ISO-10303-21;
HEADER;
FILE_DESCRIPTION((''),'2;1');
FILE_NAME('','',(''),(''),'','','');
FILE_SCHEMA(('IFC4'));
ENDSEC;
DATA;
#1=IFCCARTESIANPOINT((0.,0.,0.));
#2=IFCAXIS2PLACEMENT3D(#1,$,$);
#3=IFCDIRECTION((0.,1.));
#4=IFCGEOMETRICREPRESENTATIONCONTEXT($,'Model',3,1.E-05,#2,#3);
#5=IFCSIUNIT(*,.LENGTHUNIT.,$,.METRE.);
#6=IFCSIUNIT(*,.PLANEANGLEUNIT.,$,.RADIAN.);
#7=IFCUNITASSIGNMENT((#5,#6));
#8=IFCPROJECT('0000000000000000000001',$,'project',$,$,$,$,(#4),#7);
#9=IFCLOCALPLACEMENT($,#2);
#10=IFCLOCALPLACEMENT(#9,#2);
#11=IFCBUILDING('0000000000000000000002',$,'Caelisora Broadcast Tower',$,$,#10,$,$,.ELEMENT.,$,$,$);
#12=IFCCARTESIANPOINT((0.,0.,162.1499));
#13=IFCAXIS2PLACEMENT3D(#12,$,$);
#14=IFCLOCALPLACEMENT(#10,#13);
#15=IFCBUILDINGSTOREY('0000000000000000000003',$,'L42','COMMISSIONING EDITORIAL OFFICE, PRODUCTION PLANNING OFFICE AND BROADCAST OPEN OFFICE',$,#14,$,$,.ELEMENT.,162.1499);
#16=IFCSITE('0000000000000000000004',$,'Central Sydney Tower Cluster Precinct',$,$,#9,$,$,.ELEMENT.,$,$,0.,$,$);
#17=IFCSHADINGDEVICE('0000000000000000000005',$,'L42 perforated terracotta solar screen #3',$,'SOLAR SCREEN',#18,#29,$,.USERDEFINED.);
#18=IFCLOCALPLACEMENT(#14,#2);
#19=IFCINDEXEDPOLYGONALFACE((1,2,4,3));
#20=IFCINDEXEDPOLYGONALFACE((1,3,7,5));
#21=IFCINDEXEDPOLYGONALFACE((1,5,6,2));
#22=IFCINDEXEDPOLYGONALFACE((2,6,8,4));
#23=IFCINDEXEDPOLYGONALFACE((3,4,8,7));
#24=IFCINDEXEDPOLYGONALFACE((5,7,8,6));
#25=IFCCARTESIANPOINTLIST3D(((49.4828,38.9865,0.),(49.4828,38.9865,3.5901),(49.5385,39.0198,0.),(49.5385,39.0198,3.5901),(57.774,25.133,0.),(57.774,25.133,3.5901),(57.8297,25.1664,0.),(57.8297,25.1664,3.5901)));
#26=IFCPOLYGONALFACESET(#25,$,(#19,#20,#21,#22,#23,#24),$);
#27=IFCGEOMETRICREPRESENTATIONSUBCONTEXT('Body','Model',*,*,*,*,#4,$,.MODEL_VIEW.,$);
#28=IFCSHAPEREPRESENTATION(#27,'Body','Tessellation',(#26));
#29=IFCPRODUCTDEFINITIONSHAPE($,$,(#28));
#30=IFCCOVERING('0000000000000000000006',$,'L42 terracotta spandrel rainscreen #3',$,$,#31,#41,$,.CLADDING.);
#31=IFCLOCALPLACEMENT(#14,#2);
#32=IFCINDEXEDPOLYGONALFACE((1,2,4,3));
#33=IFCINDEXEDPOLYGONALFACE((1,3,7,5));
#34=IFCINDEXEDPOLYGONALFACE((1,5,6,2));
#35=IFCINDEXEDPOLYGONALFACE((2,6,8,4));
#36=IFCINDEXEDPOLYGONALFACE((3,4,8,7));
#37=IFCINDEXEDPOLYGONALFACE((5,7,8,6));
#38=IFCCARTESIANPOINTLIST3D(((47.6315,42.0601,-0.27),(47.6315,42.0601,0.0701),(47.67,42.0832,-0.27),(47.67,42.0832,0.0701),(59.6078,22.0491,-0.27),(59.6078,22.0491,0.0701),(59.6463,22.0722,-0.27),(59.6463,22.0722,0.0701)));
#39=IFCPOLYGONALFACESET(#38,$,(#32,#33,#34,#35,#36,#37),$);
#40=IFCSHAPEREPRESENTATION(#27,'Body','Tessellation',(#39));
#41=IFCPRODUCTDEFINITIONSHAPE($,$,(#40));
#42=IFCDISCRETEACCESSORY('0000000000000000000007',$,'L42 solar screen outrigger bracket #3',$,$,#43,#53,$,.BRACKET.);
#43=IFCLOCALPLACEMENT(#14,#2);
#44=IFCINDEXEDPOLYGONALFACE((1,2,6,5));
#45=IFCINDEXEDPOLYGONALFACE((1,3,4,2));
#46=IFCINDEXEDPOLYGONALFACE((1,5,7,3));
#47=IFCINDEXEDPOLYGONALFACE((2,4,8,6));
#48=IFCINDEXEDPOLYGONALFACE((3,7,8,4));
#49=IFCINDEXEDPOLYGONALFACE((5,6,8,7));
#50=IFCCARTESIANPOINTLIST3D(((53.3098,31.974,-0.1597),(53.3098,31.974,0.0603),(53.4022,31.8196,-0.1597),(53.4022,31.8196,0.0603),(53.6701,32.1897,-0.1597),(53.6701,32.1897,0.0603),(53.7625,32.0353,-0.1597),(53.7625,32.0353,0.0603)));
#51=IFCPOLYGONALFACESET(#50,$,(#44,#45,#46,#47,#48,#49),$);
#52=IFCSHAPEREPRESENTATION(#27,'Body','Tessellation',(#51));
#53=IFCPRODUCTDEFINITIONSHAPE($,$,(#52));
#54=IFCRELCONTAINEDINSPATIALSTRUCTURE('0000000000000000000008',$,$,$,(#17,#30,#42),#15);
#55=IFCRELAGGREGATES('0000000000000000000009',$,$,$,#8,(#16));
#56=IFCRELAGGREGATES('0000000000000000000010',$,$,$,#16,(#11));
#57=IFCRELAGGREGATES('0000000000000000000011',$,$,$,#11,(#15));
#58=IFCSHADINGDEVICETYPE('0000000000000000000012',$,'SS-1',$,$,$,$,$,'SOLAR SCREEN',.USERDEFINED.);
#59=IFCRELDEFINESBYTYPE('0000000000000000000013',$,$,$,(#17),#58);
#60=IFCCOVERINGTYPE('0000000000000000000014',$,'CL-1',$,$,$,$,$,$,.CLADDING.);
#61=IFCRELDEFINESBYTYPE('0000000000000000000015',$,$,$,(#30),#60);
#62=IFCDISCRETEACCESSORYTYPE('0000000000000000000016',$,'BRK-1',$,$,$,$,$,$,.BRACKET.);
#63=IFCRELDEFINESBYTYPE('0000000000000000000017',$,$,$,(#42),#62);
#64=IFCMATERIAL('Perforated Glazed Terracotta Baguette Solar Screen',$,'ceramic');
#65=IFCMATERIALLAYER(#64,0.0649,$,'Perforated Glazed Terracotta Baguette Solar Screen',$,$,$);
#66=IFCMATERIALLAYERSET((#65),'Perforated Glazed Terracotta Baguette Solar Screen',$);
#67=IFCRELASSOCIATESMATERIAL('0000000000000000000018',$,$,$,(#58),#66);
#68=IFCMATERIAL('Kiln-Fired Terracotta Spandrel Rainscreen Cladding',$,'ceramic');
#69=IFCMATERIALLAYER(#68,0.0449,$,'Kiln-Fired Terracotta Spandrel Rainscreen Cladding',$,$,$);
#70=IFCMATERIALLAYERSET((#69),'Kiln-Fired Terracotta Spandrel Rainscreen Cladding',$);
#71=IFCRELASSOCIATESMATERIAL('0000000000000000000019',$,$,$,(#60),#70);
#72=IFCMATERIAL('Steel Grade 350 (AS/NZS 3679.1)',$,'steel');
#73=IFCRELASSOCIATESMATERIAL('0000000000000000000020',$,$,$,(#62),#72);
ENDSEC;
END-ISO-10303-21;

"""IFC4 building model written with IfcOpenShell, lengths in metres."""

from ifc_helpers import new_model, si_unit, direction, frame, origin, origin_2d, place, context, subcontext, project, spatial, rectangle, extrude, source, transform, mapped, material, layer, layer_set, type_object, type_shapes, element, save


model = new_model("IFC4")

# Units and contexts
model_context = context("Model", 3, precision=1e-05, world=origin(), true_north=direction((0.0, 1.0)))
body_context = subcontext(model_context, "Body", "Model", "MODEL_VIEW")
ifc_project = project(units=[si_unit("LENGTHUNIT", "METRE"), si_unit("PLANEANGLEUNIT", "RADIAN")], contexts=[model_context])

# Site, building, storey
site_placement = place(None, origin())
site = spatial("IfcSite", under=ifc_project, at=site_placement, Name="Central Sydney Tower Cluster Precinct", CompositionType="ELEMENT", RefElevation=0.0)
building_placement = place(site_placement, origin())
building = spatial("IfcBuilding", under=site, at=building_placement, Name="Caelisora Broadcast Tower", CompositionType="ELEMENT")
storey_placement = place(building_placement, frame((0.0, 0.0, 162.1499)))
storey = spatial("IfcBuildingStorey", under=building, at=storey_placement, Name="L42", Description="COMMISSIONING EDITORIAL OFFICE, PRODUCTION PLANNING OFFICE AND BROADCAST OPEN OFFICE", CompositionType="ELEMENT", Elevation=162.1499)

# Shared definitions
ifc_material_1 = material(Name="Steel Grade 350 (AS/NZS 3679.1)", Category="steel")

# Shading device
ifc_material_2 = material(Name="Perforated Glazed Terracotta Baguette Solar Screen", Category="ceramic")
ifc_layer_1 = layer(ifc_material_2, 0.0649, Name="Perforated Glazed Terracotta Baguette Solar Screen")
ifc_layer_set_1 = layer_set([ifc_layer_1], Name="Perforated Glazed Terracotta Baguette Solar Screen")
shading_device_type = type_object("IfcShadingDeviceType", Name="SS-1", ElementType="SOLAR SCREEN", PredefinedType="USERDEFINED", material=ifc_layer_set_1)
shared_shape_1 = source(origin(), body_context, "Body", "SweptSolid", [
    extrude(rectangle(XDim=16.145, YDim=0.0649, at=origin_2d()), origin(), (0.0, 0.0, 1.0), 3.5901),
])
type_shapes(shading_device_type, [shared_shape_1])
shading_device_placement = place(storey_placement, frame((53.6562, 32.0764, 0.0), z_axis=(0.0, 0.0, 1.0), x_axis=(-0.513541, 0.858065, 0.0)))
element("IfcShadingDevice", 1, at=shading_device_placement, inside=storey, type_object=shading_device_type, Name="L42 perforated terracotta solar screen #3", ObjectType="SOLAR SCREEN", PredefinedType="USERDEFINED", context=body_context, shape_type="MappedRepresentation", body=[
    mapped(shared_shape_1, transform((0.0, 0.0, 0.0), scale=1.0)),
])

# Covering
ifc_material_3 = material(Name="Kiln-Fired Terracotta Spandrel Rainscreen Cladding", Category="ceramic")
ifc_layer_2 = layer(ifc_material_3, 0.0449, Name="Kiln-Fired Terracotta Spandrel Rainscreen Cladding")
ifc_layer_set_2 = layer_set([ifc_layer_2], Name="Kiln-Fired Terracotta Spandrel Rainscreen Cladding")
covering_type = type_object("IfcCoveringType", Name="CL-1", PredefinedType="CLADDING", material=ifc_layer_set_2)
shared_shape_2 = source(origin(), body_context, "Body", "SweptSolid", [
    extrude(rectangle(XDim=23.321, YDim=0.0449, at=origin_2d()), origin(), (0.0, 0.0, 1.0), 0.3401),
])
type_shapes(covering_type, [shared_shape_2])
covering_placement = place(storey_placement, frame((53.6389, 32.0662, -0.27), z_axis=(0.0, 0.0, 1.0), x_axis=(-0.513541, 0.858065, 0.0)))
element("IfcCovering", 2, at=covering_placement, inside=storey, type_object=covering_type, Name="L42 terracotta spandrel rainscreen #3", PredefinedType="CLADDING", context=body_context, shape_type="MappedRepresentation", body=[
    mapped(shared_shape_2, transform((0.0, 0.0, 0.0), scale=1.0)),
])

# Discrete accessory
discrete_accessory_type = type_object("IfcDiscreteAccessoryType", Name="BRK-1", PredefinedType="BRACKET", material=ifc_material_1)
shared_shape_3 = source(origin(), body_context, "Body", "SweptSolid", [
    extrude(rectangle(XDim=0.1799, YDim=0.4199, at=origin_2d()), origin(), (0.0, 0.0, 1.0), 0.22),
])
type_shapes(discrete_accessory_type, [shared_shape_3])
discrete_accessory_placement = place(storey_placement, frame((53.5361, 32.0046, -0.1597), z_axis=(0.0, 0.0, 1.0), x_axis=(-0.513541, 0.858065, 0.0)))
element("IfcDiscreteAccessory", 3, at=discrete_accessory_placement, inside=storey, type_object=discrete_accessory_type, Name="L42 solar screen outrigger bracket #3", PredefinedType="BRACKET", context=body_context, shape_type="MappedRepresentation", body=[
    mapped(shared_shape_3, transform((0.0, 0.0, 0.0), scale=1.0)),
])

save(model, "model.ifc")
